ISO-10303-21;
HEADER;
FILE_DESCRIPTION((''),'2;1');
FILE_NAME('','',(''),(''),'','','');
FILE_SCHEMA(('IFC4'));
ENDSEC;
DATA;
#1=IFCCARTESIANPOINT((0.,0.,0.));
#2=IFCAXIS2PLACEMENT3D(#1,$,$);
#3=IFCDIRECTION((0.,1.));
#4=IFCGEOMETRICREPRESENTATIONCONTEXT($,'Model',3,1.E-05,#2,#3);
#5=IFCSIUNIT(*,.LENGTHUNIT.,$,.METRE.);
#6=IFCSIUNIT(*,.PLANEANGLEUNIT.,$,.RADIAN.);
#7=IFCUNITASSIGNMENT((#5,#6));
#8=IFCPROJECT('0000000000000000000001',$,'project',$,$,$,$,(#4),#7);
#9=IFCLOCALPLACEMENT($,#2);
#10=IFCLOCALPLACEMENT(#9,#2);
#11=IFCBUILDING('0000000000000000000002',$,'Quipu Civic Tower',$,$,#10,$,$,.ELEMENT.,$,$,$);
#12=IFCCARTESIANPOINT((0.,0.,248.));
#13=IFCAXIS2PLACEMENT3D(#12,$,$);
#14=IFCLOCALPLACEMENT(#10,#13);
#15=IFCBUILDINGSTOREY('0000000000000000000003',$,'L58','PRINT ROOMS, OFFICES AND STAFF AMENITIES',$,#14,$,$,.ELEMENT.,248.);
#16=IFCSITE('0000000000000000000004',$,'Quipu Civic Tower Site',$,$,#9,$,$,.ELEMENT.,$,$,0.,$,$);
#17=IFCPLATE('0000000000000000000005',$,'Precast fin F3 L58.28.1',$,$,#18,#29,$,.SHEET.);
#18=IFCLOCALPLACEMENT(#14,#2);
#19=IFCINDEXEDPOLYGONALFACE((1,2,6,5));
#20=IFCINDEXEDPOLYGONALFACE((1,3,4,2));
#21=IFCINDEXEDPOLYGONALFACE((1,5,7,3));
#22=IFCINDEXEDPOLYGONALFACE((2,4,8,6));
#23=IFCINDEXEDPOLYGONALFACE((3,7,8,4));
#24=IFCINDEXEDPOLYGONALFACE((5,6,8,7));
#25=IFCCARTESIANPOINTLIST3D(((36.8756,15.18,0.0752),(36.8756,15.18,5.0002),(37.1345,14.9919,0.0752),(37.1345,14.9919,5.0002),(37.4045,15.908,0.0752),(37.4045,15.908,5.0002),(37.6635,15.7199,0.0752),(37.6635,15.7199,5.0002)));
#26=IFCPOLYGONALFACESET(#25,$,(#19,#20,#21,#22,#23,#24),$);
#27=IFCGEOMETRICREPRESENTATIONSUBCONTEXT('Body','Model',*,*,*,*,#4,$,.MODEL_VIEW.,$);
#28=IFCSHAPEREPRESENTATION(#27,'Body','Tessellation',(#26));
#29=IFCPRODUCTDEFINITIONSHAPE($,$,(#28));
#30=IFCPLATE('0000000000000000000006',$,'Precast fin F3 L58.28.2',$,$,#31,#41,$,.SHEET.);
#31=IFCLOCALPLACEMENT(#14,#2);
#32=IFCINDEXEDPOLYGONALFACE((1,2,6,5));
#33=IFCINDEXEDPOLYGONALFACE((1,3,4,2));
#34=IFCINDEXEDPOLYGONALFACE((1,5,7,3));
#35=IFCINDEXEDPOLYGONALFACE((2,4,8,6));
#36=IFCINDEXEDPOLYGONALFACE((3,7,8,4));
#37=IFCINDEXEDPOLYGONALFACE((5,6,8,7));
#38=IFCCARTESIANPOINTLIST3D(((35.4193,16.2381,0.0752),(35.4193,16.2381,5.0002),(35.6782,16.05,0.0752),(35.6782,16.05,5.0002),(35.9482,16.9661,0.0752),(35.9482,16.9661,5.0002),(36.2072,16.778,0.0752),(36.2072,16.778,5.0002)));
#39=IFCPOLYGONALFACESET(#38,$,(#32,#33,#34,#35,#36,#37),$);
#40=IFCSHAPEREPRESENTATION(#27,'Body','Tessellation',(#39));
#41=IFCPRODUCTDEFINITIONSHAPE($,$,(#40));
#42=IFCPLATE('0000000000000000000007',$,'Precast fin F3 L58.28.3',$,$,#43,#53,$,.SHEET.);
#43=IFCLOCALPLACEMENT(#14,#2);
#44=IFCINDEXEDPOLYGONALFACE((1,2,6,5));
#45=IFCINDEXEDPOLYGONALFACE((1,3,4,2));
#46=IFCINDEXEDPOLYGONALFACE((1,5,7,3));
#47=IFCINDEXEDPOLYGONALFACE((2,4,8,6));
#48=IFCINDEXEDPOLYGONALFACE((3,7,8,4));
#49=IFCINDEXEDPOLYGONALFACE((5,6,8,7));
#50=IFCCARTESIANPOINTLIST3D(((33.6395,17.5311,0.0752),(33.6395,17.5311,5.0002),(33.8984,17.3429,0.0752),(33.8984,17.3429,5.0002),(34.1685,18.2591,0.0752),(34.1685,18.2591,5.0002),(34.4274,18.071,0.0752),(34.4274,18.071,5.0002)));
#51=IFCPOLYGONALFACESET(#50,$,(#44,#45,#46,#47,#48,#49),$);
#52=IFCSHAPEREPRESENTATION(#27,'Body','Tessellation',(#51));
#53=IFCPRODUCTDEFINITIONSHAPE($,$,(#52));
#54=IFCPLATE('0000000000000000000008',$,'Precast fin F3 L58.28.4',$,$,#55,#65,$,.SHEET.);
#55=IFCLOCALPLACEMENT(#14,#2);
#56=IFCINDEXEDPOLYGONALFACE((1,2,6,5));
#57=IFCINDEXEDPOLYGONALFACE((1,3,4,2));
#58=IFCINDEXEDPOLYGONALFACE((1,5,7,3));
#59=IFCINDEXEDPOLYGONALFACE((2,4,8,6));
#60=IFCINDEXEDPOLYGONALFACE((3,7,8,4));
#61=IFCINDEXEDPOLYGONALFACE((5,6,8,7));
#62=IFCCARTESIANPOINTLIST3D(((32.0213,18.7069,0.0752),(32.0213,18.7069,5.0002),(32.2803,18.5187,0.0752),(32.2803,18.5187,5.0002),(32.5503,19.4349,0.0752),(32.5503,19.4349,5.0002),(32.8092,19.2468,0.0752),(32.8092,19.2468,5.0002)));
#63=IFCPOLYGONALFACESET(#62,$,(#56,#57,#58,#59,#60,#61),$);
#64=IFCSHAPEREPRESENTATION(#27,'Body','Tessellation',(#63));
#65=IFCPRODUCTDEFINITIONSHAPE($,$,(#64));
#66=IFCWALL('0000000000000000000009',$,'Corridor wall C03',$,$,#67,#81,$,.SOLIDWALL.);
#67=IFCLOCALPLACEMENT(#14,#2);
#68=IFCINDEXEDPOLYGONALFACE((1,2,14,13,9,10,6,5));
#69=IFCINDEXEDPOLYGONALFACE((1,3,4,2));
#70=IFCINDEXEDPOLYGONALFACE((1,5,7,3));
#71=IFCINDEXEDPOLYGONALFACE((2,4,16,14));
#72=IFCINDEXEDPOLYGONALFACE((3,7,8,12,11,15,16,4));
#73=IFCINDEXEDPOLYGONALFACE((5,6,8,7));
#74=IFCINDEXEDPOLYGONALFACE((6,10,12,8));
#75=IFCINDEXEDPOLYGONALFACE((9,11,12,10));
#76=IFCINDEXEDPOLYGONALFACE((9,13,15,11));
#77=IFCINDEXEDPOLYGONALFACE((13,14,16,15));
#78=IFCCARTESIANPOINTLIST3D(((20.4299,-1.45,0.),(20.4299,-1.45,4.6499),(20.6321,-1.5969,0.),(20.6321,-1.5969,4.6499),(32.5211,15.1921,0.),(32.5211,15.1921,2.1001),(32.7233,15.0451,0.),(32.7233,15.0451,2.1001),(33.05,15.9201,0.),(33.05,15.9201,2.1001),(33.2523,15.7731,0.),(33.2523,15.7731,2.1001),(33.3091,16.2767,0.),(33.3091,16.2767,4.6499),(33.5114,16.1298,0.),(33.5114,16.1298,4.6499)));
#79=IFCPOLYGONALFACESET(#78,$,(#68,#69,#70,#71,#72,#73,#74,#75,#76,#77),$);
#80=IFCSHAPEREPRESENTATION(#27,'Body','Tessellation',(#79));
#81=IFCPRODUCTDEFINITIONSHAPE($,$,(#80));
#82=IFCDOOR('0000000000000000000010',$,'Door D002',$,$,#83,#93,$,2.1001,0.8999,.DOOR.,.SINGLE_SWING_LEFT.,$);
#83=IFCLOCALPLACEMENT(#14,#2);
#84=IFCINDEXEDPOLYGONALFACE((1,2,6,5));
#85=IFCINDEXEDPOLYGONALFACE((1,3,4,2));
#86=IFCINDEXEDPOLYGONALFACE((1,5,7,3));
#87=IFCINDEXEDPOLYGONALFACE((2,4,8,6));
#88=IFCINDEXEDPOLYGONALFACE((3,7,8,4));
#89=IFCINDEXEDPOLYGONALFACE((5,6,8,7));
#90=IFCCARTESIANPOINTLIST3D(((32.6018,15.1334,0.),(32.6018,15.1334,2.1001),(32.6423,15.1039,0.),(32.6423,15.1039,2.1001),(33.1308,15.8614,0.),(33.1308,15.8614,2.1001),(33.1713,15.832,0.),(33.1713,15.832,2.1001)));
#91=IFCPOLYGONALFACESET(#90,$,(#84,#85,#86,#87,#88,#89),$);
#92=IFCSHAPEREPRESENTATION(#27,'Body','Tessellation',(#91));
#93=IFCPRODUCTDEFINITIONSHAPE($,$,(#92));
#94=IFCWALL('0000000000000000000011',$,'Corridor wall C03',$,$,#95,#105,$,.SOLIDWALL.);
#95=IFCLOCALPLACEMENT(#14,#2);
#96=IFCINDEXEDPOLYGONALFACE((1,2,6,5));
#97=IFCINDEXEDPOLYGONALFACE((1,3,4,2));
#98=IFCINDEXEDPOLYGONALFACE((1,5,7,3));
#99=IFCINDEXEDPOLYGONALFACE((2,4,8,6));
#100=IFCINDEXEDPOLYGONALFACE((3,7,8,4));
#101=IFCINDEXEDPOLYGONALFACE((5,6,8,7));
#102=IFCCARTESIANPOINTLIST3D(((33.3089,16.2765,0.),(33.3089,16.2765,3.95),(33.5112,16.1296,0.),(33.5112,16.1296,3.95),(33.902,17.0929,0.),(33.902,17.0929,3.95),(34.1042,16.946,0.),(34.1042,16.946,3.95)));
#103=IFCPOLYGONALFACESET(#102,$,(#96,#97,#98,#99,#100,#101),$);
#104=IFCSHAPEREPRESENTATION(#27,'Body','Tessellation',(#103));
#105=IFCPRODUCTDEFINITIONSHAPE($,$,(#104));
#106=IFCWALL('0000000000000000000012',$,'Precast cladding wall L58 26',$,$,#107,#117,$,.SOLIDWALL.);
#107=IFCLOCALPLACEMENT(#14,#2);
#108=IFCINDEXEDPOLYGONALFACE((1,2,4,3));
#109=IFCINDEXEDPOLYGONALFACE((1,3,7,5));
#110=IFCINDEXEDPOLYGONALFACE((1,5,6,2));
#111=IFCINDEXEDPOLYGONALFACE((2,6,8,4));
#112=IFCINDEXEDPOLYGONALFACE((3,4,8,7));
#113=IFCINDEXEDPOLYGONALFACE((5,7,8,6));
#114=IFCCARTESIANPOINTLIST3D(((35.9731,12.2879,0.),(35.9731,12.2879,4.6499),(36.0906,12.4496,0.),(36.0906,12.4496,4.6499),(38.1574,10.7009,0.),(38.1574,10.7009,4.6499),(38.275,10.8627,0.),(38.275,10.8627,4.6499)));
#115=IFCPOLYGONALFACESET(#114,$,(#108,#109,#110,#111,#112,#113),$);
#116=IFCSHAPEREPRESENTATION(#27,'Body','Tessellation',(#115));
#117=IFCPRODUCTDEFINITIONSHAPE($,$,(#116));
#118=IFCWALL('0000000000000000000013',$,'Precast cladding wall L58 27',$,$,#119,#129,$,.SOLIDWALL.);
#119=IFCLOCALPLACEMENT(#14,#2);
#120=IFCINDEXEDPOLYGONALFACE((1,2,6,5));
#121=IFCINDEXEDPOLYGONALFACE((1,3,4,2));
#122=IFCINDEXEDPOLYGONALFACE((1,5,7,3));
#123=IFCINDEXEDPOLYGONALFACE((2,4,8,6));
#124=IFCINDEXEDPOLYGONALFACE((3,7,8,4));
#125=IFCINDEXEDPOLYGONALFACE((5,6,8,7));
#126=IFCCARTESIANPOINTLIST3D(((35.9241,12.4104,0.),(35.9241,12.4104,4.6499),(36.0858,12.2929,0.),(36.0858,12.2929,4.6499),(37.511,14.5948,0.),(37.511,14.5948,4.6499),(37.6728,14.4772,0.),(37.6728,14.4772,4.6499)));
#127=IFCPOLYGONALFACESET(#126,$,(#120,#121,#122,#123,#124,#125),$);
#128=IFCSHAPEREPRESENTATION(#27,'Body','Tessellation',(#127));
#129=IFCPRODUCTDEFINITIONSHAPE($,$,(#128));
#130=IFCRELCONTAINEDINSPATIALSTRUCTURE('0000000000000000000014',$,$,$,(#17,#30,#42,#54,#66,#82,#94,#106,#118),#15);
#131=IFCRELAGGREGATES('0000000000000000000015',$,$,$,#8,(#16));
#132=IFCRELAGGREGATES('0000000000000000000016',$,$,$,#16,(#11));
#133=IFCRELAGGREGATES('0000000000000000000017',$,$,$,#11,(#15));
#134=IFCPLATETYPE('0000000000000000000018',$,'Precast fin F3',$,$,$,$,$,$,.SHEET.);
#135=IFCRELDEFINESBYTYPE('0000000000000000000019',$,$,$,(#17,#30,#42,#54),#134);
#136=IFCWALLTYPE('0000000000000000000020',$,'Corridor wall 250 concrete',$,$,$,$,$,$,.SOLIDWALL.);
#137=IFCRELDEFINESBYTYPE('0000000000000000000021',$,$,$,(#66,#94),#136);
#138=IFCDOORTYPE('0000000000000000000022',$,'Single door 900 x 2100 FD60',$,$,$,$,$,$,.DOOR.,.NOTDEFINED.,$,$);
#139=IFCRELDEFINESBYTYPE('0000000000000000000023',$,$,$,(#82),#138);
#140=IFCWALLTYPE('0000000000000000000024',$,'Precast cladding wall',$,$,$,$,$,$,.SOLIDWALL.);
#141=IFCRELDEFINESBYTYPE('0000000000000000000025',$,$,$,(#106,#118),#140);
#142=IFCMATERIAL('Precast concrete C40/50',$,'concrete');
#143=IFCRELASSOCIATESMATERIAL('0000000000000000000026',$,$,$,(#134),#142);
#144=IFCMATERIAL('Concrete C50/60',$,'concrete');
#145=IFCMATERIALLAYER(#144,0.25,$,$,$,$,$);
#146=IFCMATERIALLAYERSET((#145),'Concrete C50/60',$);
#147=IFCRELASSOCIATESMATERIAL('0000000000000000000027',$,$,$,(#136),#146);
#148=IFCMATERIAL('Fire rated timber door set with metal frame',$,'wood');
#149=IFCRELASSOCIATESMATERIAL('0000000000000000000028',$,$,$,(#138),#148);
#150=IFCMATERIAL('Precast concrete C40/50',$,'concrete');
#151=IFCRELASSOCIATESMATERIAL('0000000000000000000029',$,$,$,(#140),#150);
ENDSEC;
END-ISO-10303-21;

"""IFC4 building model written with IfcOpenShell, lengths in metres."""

from ifc_helpers import new_model, si_unit, direction, frame, frame_2d, origin, origin_2d, place, context, subcontext, project, spatial, rectangle, extrude, material, layer, layer_set, type_object, element, fill, save


model = new_model("IFC4")

# Units and contexts
model_context = context("Model", 3, precision=1e-05, world=origin(), true_north=direction((0.0, 1.0)))
body_context = subcontext(model_context, "Body", "Model", "MODEL_VIEW")
ifc_project = project(units=[si_unit("LENGTHUNIT", "METRE"), si_unit("PLANEANGLEUNIT", "RADIAN")], contexts=[model_context])

# Site, building, storey
site_placement = place(None, origin())
site = spatial("IfcSite", under=ifc_project, at=site_placement, Name="Quipu Civic Tower Site", CompositionType="ELEMENT", RefElevation=0.0)
building_placement = place(site_placement, origin())
building = spatial("IfcBuilding", under=site, at=building_placement, Name="Quipu Civic Tower", CompositionType="ELEMENT")
storey_placement = place(building_placement, frame((0.0, 0.0, 248.0)))
storey = spatial("IfcBuildingStorey", under=building, at=storey_placement, Name="L58", Description="PRINT ROOMS, OFFICES AND STAFF AMENITIES", CompositionType="ELEMENT", Elevation=248.0)

# Plates
ifc_material_1 = material(Name="Precast concrete C40/50", Category="concrete")
plate_type_1 = type_object("IfcPlateType", Name="Precast fin F3", PredefinedType="SHEET", material=ifc_material_1)
for number, where, z_axis, x_axis, name in (
    (1, (37.2695, 15.45, 0.0752), (0.0, 0.0, 1.0), (-0.809017, 0.587785, 0.0), "Precast fin F3 L58.28.1"),
    (2, (35.8132, 16.5081, 0.0752), (0.0, 0.0, 1.0), (-0.809017, 0.587785, 0.0), "Precast fin F3 L58.28.2"),
    (3, (34.0334, 17.801, 0.0752), (0.0, 0.0, 1.0), (-0.809017, 0.587785, 0.0), "Precast fin F3 L58.28.3"),
    (4, (32.4153, 18.9768, 0.0752), (0.0, 0.0, 1.0), (-0.809017, 0.587785, 0.0), "Precast fin F3 L58.28.4"),
):
    element("IfcPlate", number, at=place(storey_placement, frame(where, z_axis=z_axis, x_axis=x_axis)), inside=storey, type_object=plate_type_1, Name=name, PredefinedType="SHEET", context=body_context, shape_type="SweptSolid", body=[
        extrude(rectangle(XDim=0.3201, YDim=0.8999, at=origin_2d()), origin(), (0.0, 0.0, 1.0), 4.925),
    ])

# Wall, opening, door
ifc_material_2 = material(Name="Concrete C50/60", Category="concrete")
ifc_layer_1 = layer(ifc_material_2, 0.25)
ifc_layer_set_1 = layer_set([ifc_layer_1], Name="Concrete C50/60")
wall_type_1 = type_object("IfcWallType", Name="Corridor wall 250 concrete", PredefinedType="SOLIDWALL", material=ifc_layer_set_1)
wall_1_placement = place(storey_placement, frame((33.4102, 16.2031, 0.0), z_axis=(0.0, 0.0, 1.0), x_axis=(-0.587787, -0.809016, 0.0)))
wall_1 = element("IfcWall", 5, at=wall_1_placement, inside=storey, type_object=wall_type_1, Name="Corridor wall C03", PredefinedType="SOLIDWALL", context=body_context, shape_type="SweptSolid", body=[
    extrude(rectangle(XDim=21.9114, YDim=0.25, at=frame_2d((10.9556, 0.0))), origin(), (0.0, 0.0, 1.0), 4.6499),
])
opening_placement = place(wall_1_placement, frame((0.4407, 0.0, 0.0)))
opening = element("IfcOpeningElement", 6, at=opening_placement, cuts=wall_1, PredefinedType="OPENING", context=body_context, shape_type="SweptSolid", body=[
    extrude(rectangle(XDim=0.8999, YDim=2.1001, at=frame_2d((0.45, 1.05))), frame((0.0, 0.135, 0.0), z_axis=(0.0, -1.0, 0.0), x_axis=(1.0, 0.0, 0.0)), (0.0, 0.0, 1.0), 0.27),
])
ifc_material_3 = material(Name="Fire rated timber door set with metal frame", Category="wood")
door_type = type_object("IfcDoorType", Name="Single door 900 x 2100 FD60", OperationType="NOTDEFINED", PredefinedType="DOOR", material=ifc_material_3)
door_placement = place(opening_placement, origin())
door = element("IfcDoor", 7, at=door_placement, inside=storey, type_object=door_type, Name="Door D002", OperationType="SINGLE_SWING_LEFT", OverallHeight=2.1001, OverallWidth=0.8999, PredefinedType="DOOR", context=body_context, shape_type="SweptSolid", body=[
    extrude(rectangle(XDim=0.8999, YDim=2.1001, at=frame_2d((0.45, 1.05))), frame((0.0, 0.0249, 0.0), z_axis=(0.0, -1.0, 0.0), x_axis=(1.0, 0.0, 0.0)), (0.0, 0.0, 1.0), 0.05),
])
fill(opening, door)

# Walls
wall_2_placement = place(storey_placement, frame((33.4102, 16.2031, 0.0), z_axis=(0.0, 0.0, 1.0), x_axis=(0.587697, 0.809081, 0.0)))
element("IfcWall", 8, at=wall_2_placement, inside=storey, type_object=wall_type_1, Name="Corridor wall C03", PredefinedType="SOLIDWALL", context=body_context, shape_type="SweptSolid", body=[
    extrude(rectangle(XDim=1.009, YDim=0.25, at=frame_2d((0.5044, 0.0))), origin(), (0.0, 0.0, 1.0), 3.95),
])
ifc_material_4 = material(Name="Precast concrete C40/50", Category="concrete")
wall_type_2 = type_object("IfcWallType", Name="Precast cladding wall", PredefinedType="SOLIDWALL", material=ifc_material_4)
for number, where, z_axis, x_axis, name in (
    (9, (38.2163, 10.7817, 0.0), (0.0, 0.0, 1.0), (-0.809033, 0.587763, 0.0), "Precast cladding wall L58 26"),
    (10, (36.0049, 12.3516, 0.0), (0.0, 0.0, 1.0), (0.587763, 0.809033, 0.0), "Precast cladding wall L58 27"),
):
    element("IfcWall", number, at=place(storey_placement, frame(where, z_axis=z_axis, x_axis=x_axis)), inside=storey, type_object=wall_type_2, Name=name, PredefinedType="SOLIDWALL", context=body_context, shape_type="SweptSolid", body=[
        extrude(rectangle(XDim=2.7, YDim=0.2, at=frame_2d((1.3501, 0.0))), origin(), (0.0, 0.0, 1.0), 4.6499),
    ])

save(model, "model.ifc")
